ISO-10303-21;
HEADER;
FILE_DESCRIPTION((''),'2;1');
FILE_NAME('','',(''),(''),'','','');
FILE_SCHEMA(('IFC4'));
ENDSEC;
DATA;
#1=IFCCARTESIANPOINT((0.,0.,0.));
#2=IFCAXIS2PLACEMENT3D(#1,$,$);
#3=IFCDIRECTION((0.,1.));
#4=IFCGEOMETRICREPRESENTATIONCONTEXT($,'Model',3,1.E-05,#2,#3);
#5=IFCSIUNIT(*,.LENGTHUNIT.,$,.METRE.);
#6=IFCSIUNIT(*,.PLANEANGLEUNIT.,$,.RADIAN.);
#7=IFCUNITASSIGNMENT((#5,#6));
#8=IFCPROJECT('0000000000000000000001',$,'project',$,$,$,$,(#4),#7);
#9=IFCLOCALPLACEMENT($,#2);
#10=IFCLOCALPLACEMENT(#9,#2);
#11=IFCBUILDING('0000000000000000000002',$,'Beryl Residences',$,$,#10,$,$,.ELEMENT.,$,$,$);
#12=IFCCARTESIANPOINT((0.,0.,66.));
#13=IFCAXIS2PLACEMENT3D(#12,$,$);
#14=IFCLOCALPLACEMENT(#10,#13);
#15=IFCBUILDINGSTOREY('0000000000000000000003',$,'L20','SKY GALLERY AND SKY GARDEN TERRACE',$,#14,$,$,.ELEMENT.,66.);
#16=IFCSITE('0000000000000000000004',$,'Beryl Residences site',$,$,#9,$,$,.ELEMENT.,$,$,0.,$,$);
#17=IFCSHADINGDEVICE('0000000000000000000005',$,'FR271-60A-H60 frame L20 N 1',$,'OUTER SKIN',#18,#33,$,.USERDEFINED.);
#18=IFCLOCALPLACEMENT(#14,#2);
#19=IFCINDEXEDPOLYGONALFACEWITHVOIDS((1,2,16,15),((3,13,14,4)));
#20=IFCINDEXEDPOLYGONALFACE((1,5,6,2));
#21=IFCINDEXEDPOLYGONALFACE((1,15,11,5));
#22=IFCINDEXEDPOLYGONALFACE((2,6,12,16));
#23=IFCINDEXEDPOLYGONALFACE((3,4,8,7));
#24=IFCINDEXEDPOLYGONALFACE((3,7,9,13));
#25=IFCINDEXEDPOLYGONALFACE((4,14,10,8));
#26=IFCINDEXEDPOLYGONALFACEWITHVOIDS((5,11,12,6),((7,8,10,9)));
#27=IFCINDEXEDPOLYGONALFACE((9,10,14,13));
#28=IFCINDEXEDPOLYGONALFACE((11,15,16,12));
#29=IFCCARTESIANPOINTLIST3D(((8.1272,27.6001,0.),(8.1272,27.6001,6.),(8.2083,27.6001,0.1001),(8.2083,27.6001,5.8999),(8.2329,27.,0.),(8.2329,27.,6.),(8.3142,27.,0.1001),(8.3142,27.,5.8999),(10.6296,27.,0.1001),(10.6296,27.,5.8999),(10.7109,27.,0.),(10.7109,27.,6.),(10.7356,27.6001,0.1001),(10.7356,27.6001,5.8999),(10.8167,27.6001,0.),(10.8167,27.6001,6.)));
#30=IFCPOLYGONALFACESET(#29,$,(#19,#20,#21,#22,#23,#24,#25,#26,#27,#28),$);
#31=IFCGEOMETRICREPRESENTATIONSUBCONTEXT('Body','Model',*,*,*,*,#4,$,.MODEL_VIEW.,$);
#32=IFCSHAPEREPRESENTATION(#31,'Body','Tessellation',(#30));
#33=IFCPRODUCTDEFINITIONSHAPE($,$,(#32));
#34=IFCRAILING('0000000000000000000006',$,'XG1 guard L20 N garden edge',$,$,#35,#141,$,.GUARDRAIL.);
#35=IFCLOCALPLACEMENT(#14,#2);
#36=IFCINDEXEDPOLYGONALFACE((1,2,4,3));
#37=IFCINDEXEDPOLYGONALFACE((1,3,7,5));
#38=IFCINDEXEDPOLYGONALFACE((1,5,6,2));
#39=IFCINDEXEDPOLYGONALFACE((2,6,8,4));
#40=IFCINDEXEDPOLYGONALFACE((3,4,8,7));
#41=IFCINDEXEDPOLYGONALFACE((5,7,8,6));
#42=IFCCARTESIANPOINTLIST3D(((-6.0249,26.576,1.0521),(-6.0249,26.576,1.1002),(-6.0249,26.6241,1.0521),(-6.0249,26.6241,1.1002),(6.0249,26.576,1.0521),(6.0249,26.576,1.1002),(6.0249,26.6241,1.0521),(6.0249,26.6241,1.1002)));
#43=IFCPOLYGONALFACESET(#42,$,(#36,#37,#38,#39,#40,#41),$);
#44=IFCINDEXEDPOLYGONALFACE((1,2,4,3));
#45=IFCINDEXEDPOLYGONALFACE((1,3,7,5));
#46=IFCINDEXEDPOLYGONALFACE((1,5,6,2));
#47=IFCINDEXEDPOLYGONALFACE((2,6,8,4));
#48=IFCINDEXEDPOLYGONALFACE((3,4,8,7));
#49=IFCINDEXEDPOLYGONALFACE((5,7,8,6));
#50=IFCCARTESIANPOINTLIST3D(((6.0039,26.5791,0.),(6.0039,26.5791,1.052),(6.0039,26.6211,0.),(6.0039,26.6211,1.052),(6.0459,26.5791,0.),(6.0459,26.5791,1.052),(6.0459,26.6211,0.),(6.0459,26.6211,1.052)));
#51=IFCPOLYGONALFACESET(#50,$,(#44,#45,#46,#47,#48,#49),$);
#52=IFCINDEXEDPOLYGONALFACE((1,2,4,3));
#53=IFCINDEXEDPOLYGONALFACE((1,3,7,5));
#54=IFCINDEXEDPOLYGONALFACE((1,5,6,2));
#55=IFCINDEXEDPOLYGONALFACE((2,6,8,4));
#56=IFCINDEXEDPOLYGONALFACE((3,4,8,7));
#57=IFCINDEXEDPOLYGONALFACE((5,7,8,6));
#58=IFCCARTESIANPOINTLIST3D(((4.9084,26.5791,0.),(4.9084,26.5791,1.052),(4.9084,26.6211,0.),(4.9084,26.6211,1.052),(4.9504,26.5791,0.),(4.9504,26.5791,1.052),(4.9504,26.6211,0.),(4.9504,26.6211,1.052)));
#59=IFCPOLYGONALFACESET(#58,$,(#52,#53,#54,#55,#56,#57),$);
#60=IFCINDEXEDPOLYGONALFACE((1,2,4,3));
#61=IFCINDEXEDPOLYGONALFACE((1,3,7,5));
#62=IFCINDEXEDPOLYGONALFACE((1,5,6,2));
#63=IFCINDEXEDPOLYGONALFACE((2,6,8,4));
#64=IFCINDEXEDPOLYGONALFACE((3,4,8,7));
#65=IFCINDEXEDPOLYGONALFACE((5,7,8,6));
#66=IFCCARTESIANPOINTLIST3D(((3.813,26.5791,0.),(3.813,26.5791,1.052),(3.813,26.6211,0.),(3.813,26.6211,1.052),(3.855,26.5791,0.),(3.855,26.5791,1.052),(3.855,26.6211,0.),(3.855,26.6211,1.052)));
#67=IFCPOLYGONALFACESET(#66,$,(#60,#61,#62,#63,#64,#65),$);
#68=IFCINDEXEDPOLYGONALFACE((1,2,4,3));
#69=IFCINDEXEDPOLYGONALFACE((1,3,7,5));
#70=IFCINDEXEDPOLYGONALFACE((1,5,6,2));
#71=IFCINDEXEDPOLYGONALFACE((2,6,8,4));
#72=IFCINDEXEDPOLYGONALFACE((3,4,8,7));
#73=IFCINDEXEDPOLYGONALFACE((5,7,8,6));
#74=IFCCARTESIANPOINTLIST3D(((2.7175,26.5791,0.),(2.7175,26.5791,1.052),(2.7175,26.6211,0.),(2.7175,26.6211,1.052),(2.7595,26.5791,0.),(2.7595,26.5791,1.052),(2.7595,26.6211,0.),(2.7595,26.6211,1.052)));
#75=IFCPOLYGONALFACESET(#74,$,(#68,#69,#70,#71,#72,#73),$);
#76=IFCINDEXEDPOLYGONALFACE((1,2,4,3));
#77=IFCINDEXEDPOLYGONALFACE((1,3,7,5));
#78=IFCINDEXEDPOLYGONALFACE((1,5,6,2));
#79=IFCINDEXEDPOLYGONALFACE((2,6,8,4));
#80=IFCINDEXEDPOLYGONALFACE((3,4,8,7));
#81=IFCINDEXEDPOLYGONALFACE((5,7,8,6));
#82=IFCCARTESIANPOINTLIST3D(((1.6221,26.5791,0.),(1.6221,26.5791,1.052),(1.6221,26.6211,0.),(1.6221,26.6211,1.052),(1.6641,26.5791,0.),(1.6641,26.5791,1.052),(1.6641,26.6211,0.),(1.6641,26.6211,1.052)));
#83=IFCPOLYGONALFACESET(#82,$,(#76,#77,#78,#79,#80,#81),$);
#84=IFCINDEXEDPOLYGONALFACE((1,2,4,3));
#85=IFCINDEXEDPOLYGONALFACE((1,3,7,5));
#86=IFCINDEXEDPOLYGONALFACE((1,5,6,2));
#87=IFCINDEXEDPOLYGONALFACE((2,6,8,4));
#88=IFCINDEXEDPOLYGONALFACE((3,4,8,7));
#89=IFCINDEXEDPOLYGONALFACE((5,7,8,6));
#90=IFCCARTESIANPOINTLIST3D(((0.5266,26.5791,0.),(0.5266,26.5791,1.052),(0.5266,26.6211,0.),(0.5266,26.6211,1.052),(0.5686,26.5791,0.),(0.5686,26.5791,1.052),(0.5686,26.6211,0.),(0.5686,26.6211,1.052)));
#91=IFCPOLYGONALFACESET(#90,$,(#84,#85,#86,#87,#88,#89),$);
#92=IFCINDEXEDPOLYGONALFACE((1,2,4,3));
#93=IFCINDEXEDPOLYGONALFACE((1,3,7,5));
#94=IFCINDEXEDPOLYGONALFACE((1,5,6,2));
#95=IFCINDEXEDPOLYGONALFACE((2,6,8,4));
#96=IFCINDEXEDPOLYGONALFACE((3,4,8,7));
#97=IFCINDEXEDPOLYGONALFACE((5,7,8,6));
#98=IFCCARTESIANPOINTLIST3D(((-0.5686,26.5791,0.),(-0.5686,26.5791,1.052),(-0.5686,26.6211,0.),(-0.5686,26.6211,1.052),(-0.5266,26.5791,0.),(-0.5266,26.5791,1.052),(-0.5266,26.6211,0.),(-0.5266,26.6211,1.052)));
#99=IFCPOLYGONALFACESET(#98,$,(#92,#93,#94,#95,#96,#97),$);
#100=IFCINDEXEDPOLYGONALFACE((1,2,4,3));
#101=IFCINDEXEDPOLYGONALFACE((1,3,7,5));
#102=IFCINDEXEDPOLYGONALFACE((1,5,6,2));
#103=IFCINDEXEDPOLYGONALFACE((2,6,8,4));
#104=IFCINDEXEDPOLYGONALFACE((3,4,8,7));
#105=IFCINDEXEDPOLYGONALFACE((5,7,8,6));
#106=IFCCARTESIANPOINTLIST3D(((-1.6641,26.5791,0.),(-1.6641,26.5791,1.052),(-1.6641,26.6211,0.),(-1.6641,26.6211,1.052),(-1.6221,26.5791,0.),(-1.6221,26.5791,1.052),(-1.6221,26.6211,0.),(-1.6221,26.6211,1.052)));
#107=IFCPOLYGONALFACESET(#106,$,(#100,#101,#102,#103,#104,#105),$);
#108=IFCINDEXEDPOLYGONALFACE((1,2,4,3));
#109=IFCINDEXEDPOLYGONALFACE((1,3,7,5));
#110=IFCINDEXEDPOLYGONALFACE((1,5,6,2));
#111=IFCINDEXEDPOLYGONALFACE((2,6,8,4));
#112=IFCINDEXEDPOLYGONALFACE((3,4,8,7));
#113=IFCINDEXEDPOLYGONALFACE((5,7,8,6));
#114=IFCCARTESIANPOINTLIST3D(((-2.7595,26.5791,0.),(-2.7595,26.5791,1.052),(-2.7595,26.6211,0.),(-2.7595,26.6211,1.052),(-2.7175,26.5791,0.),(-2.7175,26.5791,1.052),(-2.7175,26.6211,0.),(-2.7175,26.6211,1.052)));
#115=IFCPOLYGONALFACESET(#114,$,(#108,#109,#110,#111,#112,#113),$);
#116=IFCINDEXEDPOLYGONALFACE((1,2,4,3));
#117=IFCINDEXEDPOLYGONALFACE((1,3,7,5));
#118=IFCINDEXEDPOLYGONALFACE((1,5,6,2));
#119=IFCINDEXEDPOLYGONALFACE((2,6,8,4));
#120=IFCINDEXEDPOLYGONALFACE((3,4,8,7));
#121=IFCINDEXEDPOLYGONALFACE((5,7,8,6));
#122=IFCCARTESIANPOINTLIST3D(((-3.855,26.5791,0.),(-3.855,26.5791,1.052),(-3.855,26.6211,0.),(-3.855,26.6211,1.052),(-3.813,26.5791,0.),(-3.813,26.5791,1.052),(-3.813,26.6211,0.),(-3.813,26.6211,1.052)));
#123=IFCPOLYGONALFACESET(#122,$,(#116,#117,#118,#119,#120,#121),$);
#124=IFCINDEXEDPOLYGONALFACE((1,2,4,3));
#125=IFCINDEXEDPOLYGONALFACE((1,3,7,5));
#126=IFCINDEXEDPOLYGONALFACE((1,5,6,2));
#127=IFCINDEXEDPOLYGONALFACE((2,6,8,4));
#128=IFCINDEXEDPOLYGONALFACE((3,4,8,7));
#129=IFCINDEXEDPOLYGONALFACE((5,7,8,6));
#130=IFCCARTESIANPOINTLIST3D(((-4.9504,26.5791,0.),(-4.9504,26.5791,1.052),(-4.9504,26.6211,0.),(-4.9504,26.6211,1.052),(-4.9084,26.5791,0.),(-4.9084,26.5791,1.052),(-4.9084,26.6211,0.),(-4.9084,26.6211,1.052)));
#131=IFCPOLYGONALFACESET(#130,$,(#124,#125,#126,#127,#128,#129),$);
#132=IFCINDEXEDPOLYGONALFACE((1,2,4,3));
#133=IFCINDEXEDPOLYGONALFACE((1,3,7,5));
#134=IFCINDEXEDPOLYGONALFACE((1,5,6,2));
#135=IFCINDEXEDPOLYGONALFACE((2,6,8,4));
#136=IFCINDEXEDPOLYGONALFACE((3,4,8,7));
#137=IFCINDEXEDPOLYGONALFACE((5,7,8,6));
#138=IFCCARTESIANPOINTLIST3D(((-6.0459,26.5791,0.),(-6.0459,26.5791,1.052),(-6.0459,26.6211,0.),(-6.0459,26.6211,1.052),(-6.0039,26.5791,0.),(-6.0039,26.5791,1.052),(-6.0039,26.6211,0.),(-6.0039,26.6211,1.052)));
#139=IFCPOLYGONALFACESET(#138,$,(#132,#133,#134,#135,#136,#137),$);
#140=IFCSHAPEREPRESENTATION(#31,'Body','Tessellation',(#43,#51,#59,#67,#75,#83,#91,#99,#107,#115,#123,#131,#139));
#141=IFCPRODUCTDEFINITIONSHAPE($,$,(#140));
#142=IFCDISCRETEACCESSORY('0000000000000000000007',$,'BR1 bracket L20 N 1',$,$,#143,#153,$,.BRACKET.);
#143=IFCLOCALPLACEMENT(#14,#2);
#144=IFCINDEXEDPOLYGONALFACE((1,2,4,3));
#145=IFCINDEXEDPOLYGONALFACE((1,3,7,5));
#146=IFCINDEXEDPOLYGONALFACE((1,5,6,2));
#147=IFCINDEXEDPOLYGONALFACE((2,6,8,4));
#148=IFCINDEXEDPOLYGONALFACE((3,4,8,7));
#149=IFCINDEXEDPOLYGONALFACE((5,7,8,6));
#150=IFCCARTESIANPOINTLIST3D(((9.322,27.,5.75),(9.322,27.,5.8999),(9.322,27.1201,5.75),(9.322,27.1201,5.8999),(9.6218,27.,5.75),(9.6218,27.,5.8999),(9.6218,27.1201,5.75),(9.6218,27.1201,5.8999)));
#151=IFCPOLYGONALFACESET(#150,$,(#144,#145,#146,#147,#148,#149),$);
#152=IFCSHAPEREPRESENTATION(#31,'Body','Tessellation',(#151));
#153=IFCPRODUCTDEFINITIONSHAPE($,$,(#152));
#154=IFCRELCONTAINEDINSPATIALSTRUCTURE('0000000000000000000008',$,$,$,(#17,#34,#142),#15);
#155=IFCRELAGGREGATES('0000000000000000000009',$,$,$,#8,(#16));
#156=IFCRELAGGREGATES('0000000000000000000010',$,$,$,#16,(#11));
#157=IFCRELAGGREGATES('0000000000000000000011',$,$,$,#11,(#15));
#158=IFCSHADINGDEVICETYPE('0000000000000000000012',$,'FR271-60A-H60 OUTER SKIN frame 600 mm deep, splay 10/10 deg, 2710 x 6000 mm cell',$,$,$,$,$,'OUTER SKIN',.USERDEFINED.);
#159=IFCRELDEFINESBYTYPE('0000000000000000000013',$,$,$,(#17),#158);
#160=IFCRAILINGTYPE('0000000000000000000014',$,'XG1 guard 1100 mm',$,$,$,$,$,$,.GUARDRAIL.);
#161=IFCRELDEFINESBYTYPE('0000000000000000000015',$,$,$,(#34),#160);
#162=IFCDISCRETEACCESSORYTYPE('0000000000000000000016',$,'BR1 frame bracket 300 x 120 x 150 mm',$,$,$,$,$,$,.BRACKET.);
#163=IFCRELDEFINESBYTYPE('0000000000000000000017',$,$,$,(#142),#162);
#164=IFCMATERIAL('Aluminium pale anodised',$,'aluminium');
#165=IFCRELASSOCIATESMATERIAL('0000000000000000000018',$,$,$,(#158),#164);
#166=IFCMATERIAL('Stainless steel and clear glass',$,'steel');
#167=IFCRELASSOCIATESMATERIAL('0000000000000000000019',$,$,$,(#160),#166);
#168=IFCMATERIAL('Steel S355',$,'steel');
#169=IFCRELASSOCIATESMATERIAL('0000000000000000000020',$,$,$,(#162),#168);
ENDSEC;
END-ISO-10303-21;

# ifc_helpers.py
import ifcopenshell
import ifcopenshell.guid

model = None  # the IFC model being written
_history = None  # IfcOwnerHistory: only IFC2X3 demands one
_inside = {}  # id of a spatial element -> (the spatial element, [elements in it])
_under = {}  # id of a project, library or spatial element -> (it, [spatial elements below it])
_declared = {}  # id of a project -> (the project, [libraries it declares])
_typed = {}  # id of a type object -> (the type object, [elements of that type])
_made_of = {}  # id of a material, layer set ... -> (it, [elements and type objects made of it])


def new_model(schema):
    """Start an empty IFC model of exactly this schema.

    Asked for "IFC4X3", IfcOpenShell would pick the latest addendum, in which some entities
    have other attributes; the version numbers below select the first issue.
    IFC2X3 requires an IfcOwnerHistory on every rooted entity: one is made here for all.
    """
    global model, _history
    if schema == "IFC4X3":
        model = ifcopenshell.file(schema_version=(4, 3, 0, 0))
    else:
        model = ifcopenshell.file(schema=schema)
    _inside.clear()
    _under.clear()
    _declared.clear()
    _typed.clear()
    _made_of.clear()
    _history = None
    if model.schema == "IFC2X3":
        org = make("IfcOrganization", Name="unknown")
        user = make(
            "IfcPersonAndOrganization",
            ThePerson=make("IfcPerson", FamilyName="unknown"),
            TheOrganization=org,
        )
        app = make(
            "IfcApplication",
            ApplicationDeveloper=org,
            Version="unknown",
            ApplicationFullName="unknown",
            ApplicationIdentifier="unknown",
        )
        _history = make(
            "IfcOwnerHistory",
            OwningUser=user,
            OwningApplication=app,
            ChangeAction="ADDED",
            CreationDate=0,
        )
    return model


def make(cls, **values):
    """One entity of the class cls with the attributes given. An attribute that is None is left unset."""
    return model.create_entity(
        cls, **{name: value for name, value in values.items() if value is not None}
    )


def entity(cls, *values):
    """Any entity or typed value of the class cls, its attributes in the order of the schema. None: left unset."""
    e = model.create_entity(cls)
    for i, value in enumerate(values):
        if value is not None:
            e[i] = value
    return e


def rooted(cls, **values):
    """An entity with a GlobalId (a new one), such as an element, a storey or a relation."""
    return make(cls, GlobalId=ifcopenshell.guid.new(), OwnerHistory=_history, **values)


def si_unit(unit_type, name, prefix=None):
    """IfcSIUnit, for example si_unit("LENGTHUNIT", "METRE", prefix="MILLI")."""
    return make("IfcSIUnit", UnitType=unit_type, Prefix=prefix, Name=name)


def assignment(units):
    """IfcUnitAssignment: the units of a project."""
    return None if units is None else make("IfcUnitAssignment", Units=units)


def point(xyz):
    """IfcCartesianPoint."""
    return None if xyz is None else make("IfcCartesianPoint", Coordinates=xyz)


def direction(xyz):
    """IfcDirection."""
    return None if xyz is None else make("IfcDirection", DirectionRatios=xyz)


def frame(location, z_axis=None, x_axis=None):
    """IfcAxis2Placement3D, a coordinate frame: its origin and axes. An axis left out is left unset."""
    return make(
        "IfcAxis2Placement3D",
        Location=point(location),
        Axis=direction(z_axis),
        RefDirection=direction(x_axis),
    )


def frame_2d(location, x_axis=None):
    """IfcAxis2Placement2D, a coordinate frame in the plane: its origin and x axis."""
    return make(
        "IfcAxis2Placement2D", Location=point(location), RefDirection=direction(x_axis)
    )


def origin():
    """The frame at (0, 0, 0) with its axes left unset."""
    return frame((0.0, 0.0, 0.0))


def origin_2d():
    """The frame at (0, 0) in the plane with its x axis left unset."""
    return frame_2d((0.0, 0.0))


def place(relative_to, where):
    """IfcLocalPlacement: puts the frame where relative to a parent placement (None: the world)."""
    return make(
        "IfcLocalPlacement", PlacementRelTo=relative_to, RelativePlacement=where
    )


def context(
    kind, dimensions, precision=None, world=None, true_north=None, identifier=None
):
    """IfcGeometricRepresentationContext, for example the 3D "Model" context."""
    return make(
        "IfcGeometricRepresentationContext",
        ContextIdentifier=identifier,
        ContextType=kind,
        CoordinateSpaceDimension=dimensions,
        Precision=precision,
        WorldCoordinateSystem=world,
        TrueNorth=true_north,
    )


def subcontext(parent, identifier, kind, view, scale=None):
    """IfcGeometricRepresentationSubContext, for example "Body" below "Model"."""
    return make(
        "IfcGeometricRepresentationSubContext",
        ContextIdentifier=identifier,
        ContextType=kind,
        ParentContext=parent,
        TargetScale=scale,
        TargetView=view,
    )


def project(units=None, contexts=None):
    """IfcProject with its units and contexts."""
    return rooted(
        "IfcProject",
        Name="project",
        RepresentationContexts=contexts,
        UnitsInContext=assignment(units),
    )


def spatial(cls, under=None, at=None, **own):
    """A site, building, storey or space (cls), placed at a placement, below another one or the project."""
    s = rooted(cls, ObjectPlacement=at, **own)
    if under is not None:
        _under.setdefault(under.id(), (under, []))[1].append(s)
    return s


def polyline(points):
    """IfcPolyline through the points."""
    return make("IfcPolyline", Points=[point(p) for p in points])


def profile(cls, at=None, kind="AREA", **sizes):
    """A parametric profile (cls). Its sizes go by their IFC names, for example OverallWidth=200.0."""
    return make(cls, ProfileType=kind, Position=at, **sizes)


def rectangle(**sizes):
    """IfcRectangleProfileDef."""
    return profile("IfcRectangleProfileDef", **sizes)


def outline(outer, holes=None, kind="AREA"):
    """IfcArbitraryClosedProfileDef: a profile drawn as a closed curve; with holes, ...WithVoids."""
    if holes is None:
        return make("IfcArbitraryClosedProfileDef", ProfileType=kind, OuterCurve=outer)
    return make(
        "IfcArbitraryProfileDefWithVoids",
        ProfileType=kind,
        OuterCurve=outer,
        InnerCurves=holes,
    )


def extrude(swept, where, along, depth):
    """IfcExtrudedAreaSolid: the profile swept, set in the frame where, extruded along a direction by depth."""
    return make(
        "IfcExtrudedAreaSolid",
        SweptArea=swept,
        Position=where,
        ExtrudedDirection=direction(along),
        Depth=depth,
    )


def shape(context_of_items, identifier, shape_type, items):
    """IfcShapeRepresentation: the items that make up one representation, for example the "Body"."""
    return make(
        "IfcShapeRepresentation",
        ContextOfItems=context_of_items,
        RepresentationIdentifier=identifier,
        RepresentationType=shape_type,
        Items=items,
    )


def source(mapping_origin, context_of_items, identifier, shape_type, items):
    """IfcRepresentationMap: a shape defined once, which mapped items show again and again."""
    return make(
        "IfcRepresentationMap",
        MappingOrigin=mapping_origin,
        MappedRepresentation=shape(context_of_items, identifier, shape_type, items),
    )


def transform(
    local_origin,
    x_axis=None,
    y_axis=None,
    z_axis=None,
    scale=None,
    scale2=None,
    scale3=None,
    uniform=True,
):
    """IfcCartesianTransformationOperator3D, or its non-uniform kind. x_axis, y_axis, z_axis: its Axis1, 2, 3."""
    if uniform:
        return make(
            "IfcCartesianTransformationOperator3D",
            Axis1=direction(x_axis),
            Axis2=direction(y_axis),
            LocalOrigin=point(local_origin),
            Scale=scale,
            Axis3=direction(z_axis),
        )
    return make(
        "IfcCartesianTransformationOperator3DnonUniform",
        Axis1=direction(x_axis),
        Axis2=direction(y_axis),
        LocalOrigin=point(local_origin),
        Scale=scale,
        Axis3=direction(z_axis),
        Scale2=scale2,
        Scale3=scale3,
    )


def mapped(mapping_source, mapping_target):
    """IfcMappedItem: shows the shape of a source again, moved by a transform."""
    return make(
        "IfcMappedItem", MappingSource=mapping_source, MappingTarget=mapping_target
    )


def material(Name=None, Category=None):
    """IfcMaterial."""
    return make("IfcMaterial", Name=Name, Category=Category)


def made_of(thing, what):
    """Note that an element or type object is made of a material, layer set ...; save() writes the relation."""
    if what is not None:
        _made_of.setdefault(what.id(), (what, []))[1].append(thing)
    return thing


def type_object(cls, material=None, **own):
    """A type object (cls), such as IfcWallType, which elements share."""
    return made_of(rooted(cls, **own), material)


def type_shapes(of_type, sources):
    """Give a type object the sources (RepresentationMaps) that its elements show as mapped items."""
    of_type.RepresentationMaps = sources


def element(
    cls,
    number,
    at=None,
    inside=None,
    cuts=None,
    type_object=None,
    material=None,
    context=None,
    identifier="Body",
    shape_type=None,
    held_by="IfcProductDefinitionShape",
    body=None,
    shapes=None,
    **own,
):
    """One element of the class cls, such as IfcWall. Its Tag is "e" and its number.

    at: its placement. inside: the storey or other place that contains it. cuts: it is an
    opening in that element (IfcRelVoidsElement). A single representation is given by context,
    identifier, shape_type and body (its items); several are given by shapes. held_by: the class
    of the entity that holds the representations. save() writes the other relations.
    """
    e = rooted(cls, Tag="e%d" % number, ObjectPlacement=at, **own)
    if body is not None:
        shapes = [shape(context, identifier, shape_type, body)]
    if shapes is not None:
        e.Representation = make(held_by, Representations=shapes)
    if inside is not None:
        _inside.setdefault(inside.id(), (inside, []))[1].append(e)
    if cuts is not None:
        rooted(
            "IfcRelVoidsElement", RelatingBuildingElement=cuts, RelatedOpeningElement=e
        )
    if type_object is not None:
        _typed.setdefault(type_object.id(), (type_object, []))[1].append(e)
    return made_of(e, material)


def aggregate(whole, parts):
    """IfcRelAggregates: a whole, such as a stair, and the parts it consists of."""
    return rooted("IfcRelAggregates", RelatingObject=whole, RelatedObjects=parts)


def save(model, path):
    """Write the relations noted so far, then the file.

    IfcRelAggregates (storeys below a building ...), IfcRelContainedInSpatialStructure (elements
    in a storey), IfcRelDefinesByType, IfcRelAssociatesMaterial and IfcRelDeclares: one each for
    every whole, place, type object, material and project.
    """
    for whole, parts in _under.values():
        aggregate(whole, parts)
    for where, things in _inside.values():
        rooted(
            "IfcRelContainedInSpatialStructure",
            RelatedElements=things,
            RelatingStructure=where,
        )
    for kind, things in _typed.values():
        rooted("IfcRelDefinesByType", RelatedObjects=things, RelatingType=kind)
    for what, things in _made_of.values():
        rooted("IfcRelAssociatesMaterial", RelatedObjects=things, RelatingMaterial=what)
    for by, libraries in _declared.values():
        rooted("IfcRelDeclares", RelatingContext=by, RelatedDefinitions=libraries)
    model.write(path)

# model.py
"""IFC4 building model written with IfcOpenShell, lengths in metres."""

from ifc_helpers import new_model, entity, si_unit, direction, frame, origin, origin_2d, place, context, subcontext, project, spatial, polyline, rectangle, outline, extrude, source, transform, mapped, material, type_object, type_shapes, element, save


model = new_model("IFC4")

# Units and contexts
model_context = context("Model", 3, precision=1e-05, world=origin(), true_north=direction((0.0, 1.0)))
body_context = subcontext(model_context, "Body", "Model", "MODEL_VIEW")
ifc_project = project(units=[si_unit("LENGTHUNIT", "METRE"), si_unit("PLANEANGLEUNIT", "RADIAN")], contexts=[model_context])

# Site, building, storey
site_placement = place(None, origin())
site = spatial("IfcSite", under=ifc_project, at=site_placement, Name="Beryl Residences site", CompositionType="ELEMENT", RefElevation=0.0)
building_placement = place(site_placement, origin())
building = spatial("IfcBuilding", under=site, at=building_placement, Name="Beryl Residences", CompositionType="ELEMENT")
storey_placement = place(building_placement, frame((0.0, 0.0, 66.0)))
storey = spatial("IfcBuildingStorey", under=building, at=storey_placement, Name="L20", Description="SKY GALLERY AND SKY GARDEN TERRACE", CompositionType="ELEMENT", Elevation=66.0)

# Shading device
ifc_material_1 = material(Name="Aluminium pale anodised", Category="aluminium")
shading_device_type_1 = type_object("IfcShadingDeviceType", Name="FR271-60A-H60 OUTER SKIN frame 600 mm deep, splay 10/10 deg, 2710 x 6000 mm cell", ElementType="OUTER SKIN", PredefinedType="USERDEFINED", material=ifc_material_1)
cartesian_point_1 = entity("IfcCartesianPoint", [-1.239, 0.0])
cartesian_point_2 = entity("IfcCartesianPoint", [-1.1577, 0.1001])
cartesian_point_3 = entity("IfcCartesianPoint", [-1.3447, 0.0])
cartesian_point_4 = entity("IfcCartesianPoint", [-1.2637, 0.1001])
shared_shape_1 = source(origin(), body_context, "Body", "SweptSolid", [
    entity("IfcExtrudedAreaSolidTapered", entity("IfcArbitraryProfileDefWithVoids", "AREA", None, entity("IfcPolyline", [cartesian_point_1, entity("IfcCartesianPoint", [1.239, 0.0]), entity("IfcCartesianPoint", [1.239, 6.0]), entity("IfcCartesianPoint", [-1.239, 6.0]), cartesian_point_1]), [entity("IfcPolyline", [cartesian_point_2, entity("IfcCartesianPoint", [1.1577, 0.1001]), entity("IfcCartesianPoint", [1.1577, 5.8999]), entity("IfcCartesianPoint", [-1.1577, 5.8999]), cartesian_point_2])]), entity("IfcAxis2Placement3D", entity("IfcCartesianPoint", [0.0, 0.0, 0.0]), entity("IfcDirection", [0.0, 1.0, 0.0]), entity("IfcDirection", [-1.0, 0.0, 0.0])), entity("IfcDirection", [0.0, 0.0, 1.0]), 0.6001, entity("IfcArbitraryProfileDefWithVoids", "AREA", None, entity("IfcPolyline", [cartesian_point_3, entity("IfcCartesianPoint", [1.3447, 0.0]), entity("IfcCartesianPoint", [1.3447, 6.0]), entity("IfcCartesianPoint", [-1.3447, 6.0]), cartesian_point_3]), [entity("IfcPolyline", [cartesian_point_4, entity("IfcCartesianPoint", [1.2637, 0.1001]), entity("IfcCartesianPoint", [1.2637, 5.8999]), entity("IfcCartesianPoint", [-1.2637, 5.8999]), cartesian_point_4])])),
])
type_shapes(shading_device_type_1, [shared_shape_1])
shading_device_1_placement = place(storey_placement, frame((9.4719, 27.0, 0.0), z_axis=(0.0, 0.0, 1.0), x_axis=(1.0, 0.0, 0.0)))
element("IfcShadingDevice", 1, at=shading_device_1_placement, inside=storey, type_object=shading_device_type_1, Name="FR271-60A-H60 frame L20 N 1", ObjectType="OUTER SKIN", PredefinedType="USERDEFINED", context=body_context, shape_type="MappedRepresentation", body=[
    mapped(shared_shape_1, transform((0.0, 0.0, 0.0))),
])

# Railing
ifc_material_2 = material(Name="Stainless steel and clear glass", Category="steel")
railing_type = type_object("IfcRailingType", Name="XG1 guard 1100 mm", PredefinedType="GUARDRAIL", material=ifc_material_2)
railing_placement = place(storey_placement, frame((6.0249, 26.6001, 0.0)))
element("IfcRailing", 2, at=railing_placement, inside=storey, type_object=railing_type, Name="XG1 guard L20 N garden edge", PredefinedType="GUARDRAIL", context=body_context, shape_type="SweptSolid", body=[
    extrude(rectangle(XDim=0.0481, YDim=0.0481, at=origin_2d()), frame((0.0, 0.0, 1.0762), z_axis=(-1.0, 0.0, 0.0), x_axis=(0.0, -1.0, 0.0)), (0.0, 0.0, 1.0), 12.0498),
    extrude(rectangle(XDim=0.042, YDim=0.042, at=origin_2d()), origin(), (0.0, 0.0, 1.0), 1.052),
    extrude(rectangle(XDim=0.042, YDim=0.042, at=origin_2d()), frame((-1.0955, 0.0, 0.0)), (0.0, 0.0, 1.0), 1.052),
    extrude(rectangle(XDim=0.042, YDim=0.042, at=origin_2d()), frame((-2.1909, 0.0, 0.0)), (0.0, 0.0, 1.0), 1.052),
    extrude(rectangle(XDim=0.042, YDim=0.042, at=origin_2d()), frame((-3.2864, 0.0, 0.0)), (0.0, 0.0, 1.0), 1.052),
    extrude(rectangle(XDim=0.042, YDim=0.042, at=origin_2d()), frame((-4.3818, 0.0, 0.0)), (0.0, 0.0, 1.0), 1.052),
    extrude(rectangle(XDim=0.042, YDim=0.042, at=origin_2d()), frame((-5.4773, 0.0, 0.0)), (0.0, 0.0, 1.0), 1.052),
    extrude(rectangle(XDim=0.042, YDim=0.042, at=origin_2d()), frame((-6.5725, 0.0, 0.0)), (0.0, 0.0, 1.0), 1.052),
    extrude(rectangle(XDim=0.042, YDim=0.042, at=origin_2d()), frame((-7.668, 0.0, 0.0)), (0.0, 0.0, 1.0), 1.052),
    extrude(rectangle(XDim=0.042, YDim=0.042, at=origin_2d()), frame((-8.7634, 0.0, 0.0)), (0.0, 0.0, 1.0), 1.052),
    extrude(rectangle(XDim=0.042, YDim=0.042, at=origin_2d()), frame((-9.8589, 0.0, 0.0)), (0.0, 0.0, 1.0), 1.052),
    extrude(rectangle(XDim=0.042, YDim=0.042, at=origin_2d()), frame((-10.9543, 0.0, 0.0)), (0.0, 0.0, 1.0), 1.052),
    extrude(rectangle(XDim=0.042, YDim=0.042, at=origin_2d()), frame((-12.0498, 0.0, 0.0)), (0.0, 0.0, 1.0), 1.052),
])

# Discrete accessory
ifc_material_3 = material(Name="Steel S355", Category="steel")
discrete_accessory_type = type_object("IfcDiscreteAccessoryType", Name="BR1 frame bracket 300 x 120 x 150 mm", PredefinedType="BRACKET", material=ifc_material_3)
shared_shape_2 = source(origin(), body_context, "Body", "SweptSolid", [
    extrude(outline(polyline([(-0.1499, 0.0), (0.1499, 0.0), (0.1499, 0.1201), (-0.1499, 0.1201), (-0.1499, 0.0)])), origin(), (0.0, 0.0, 1.0), 0.1499),
])
type_shapes(discrete_accessory_type, [shared_shape_2])
discrete_accessory_placement = place(storey_placement, frame((9.4719, 27.0, 5.75), z_axis=(0.0, 0.0, 1.0), x_axis=(1.0, 0.0, 0.0)))
element("IfcDiscreteAccessory", 3, at=discrete_accessory_placement, inside=storey, type_object=discrete_accessory_type, Name="BR1 bracket L20 N 1", PredefinedType="BRACKET", context=body_context, shape_type="MappedRepresentation", body=[
    mapped(shared_shape_2, transform((0.0, 0.0, 0.0))),
])

save(model, "model.ifc")
